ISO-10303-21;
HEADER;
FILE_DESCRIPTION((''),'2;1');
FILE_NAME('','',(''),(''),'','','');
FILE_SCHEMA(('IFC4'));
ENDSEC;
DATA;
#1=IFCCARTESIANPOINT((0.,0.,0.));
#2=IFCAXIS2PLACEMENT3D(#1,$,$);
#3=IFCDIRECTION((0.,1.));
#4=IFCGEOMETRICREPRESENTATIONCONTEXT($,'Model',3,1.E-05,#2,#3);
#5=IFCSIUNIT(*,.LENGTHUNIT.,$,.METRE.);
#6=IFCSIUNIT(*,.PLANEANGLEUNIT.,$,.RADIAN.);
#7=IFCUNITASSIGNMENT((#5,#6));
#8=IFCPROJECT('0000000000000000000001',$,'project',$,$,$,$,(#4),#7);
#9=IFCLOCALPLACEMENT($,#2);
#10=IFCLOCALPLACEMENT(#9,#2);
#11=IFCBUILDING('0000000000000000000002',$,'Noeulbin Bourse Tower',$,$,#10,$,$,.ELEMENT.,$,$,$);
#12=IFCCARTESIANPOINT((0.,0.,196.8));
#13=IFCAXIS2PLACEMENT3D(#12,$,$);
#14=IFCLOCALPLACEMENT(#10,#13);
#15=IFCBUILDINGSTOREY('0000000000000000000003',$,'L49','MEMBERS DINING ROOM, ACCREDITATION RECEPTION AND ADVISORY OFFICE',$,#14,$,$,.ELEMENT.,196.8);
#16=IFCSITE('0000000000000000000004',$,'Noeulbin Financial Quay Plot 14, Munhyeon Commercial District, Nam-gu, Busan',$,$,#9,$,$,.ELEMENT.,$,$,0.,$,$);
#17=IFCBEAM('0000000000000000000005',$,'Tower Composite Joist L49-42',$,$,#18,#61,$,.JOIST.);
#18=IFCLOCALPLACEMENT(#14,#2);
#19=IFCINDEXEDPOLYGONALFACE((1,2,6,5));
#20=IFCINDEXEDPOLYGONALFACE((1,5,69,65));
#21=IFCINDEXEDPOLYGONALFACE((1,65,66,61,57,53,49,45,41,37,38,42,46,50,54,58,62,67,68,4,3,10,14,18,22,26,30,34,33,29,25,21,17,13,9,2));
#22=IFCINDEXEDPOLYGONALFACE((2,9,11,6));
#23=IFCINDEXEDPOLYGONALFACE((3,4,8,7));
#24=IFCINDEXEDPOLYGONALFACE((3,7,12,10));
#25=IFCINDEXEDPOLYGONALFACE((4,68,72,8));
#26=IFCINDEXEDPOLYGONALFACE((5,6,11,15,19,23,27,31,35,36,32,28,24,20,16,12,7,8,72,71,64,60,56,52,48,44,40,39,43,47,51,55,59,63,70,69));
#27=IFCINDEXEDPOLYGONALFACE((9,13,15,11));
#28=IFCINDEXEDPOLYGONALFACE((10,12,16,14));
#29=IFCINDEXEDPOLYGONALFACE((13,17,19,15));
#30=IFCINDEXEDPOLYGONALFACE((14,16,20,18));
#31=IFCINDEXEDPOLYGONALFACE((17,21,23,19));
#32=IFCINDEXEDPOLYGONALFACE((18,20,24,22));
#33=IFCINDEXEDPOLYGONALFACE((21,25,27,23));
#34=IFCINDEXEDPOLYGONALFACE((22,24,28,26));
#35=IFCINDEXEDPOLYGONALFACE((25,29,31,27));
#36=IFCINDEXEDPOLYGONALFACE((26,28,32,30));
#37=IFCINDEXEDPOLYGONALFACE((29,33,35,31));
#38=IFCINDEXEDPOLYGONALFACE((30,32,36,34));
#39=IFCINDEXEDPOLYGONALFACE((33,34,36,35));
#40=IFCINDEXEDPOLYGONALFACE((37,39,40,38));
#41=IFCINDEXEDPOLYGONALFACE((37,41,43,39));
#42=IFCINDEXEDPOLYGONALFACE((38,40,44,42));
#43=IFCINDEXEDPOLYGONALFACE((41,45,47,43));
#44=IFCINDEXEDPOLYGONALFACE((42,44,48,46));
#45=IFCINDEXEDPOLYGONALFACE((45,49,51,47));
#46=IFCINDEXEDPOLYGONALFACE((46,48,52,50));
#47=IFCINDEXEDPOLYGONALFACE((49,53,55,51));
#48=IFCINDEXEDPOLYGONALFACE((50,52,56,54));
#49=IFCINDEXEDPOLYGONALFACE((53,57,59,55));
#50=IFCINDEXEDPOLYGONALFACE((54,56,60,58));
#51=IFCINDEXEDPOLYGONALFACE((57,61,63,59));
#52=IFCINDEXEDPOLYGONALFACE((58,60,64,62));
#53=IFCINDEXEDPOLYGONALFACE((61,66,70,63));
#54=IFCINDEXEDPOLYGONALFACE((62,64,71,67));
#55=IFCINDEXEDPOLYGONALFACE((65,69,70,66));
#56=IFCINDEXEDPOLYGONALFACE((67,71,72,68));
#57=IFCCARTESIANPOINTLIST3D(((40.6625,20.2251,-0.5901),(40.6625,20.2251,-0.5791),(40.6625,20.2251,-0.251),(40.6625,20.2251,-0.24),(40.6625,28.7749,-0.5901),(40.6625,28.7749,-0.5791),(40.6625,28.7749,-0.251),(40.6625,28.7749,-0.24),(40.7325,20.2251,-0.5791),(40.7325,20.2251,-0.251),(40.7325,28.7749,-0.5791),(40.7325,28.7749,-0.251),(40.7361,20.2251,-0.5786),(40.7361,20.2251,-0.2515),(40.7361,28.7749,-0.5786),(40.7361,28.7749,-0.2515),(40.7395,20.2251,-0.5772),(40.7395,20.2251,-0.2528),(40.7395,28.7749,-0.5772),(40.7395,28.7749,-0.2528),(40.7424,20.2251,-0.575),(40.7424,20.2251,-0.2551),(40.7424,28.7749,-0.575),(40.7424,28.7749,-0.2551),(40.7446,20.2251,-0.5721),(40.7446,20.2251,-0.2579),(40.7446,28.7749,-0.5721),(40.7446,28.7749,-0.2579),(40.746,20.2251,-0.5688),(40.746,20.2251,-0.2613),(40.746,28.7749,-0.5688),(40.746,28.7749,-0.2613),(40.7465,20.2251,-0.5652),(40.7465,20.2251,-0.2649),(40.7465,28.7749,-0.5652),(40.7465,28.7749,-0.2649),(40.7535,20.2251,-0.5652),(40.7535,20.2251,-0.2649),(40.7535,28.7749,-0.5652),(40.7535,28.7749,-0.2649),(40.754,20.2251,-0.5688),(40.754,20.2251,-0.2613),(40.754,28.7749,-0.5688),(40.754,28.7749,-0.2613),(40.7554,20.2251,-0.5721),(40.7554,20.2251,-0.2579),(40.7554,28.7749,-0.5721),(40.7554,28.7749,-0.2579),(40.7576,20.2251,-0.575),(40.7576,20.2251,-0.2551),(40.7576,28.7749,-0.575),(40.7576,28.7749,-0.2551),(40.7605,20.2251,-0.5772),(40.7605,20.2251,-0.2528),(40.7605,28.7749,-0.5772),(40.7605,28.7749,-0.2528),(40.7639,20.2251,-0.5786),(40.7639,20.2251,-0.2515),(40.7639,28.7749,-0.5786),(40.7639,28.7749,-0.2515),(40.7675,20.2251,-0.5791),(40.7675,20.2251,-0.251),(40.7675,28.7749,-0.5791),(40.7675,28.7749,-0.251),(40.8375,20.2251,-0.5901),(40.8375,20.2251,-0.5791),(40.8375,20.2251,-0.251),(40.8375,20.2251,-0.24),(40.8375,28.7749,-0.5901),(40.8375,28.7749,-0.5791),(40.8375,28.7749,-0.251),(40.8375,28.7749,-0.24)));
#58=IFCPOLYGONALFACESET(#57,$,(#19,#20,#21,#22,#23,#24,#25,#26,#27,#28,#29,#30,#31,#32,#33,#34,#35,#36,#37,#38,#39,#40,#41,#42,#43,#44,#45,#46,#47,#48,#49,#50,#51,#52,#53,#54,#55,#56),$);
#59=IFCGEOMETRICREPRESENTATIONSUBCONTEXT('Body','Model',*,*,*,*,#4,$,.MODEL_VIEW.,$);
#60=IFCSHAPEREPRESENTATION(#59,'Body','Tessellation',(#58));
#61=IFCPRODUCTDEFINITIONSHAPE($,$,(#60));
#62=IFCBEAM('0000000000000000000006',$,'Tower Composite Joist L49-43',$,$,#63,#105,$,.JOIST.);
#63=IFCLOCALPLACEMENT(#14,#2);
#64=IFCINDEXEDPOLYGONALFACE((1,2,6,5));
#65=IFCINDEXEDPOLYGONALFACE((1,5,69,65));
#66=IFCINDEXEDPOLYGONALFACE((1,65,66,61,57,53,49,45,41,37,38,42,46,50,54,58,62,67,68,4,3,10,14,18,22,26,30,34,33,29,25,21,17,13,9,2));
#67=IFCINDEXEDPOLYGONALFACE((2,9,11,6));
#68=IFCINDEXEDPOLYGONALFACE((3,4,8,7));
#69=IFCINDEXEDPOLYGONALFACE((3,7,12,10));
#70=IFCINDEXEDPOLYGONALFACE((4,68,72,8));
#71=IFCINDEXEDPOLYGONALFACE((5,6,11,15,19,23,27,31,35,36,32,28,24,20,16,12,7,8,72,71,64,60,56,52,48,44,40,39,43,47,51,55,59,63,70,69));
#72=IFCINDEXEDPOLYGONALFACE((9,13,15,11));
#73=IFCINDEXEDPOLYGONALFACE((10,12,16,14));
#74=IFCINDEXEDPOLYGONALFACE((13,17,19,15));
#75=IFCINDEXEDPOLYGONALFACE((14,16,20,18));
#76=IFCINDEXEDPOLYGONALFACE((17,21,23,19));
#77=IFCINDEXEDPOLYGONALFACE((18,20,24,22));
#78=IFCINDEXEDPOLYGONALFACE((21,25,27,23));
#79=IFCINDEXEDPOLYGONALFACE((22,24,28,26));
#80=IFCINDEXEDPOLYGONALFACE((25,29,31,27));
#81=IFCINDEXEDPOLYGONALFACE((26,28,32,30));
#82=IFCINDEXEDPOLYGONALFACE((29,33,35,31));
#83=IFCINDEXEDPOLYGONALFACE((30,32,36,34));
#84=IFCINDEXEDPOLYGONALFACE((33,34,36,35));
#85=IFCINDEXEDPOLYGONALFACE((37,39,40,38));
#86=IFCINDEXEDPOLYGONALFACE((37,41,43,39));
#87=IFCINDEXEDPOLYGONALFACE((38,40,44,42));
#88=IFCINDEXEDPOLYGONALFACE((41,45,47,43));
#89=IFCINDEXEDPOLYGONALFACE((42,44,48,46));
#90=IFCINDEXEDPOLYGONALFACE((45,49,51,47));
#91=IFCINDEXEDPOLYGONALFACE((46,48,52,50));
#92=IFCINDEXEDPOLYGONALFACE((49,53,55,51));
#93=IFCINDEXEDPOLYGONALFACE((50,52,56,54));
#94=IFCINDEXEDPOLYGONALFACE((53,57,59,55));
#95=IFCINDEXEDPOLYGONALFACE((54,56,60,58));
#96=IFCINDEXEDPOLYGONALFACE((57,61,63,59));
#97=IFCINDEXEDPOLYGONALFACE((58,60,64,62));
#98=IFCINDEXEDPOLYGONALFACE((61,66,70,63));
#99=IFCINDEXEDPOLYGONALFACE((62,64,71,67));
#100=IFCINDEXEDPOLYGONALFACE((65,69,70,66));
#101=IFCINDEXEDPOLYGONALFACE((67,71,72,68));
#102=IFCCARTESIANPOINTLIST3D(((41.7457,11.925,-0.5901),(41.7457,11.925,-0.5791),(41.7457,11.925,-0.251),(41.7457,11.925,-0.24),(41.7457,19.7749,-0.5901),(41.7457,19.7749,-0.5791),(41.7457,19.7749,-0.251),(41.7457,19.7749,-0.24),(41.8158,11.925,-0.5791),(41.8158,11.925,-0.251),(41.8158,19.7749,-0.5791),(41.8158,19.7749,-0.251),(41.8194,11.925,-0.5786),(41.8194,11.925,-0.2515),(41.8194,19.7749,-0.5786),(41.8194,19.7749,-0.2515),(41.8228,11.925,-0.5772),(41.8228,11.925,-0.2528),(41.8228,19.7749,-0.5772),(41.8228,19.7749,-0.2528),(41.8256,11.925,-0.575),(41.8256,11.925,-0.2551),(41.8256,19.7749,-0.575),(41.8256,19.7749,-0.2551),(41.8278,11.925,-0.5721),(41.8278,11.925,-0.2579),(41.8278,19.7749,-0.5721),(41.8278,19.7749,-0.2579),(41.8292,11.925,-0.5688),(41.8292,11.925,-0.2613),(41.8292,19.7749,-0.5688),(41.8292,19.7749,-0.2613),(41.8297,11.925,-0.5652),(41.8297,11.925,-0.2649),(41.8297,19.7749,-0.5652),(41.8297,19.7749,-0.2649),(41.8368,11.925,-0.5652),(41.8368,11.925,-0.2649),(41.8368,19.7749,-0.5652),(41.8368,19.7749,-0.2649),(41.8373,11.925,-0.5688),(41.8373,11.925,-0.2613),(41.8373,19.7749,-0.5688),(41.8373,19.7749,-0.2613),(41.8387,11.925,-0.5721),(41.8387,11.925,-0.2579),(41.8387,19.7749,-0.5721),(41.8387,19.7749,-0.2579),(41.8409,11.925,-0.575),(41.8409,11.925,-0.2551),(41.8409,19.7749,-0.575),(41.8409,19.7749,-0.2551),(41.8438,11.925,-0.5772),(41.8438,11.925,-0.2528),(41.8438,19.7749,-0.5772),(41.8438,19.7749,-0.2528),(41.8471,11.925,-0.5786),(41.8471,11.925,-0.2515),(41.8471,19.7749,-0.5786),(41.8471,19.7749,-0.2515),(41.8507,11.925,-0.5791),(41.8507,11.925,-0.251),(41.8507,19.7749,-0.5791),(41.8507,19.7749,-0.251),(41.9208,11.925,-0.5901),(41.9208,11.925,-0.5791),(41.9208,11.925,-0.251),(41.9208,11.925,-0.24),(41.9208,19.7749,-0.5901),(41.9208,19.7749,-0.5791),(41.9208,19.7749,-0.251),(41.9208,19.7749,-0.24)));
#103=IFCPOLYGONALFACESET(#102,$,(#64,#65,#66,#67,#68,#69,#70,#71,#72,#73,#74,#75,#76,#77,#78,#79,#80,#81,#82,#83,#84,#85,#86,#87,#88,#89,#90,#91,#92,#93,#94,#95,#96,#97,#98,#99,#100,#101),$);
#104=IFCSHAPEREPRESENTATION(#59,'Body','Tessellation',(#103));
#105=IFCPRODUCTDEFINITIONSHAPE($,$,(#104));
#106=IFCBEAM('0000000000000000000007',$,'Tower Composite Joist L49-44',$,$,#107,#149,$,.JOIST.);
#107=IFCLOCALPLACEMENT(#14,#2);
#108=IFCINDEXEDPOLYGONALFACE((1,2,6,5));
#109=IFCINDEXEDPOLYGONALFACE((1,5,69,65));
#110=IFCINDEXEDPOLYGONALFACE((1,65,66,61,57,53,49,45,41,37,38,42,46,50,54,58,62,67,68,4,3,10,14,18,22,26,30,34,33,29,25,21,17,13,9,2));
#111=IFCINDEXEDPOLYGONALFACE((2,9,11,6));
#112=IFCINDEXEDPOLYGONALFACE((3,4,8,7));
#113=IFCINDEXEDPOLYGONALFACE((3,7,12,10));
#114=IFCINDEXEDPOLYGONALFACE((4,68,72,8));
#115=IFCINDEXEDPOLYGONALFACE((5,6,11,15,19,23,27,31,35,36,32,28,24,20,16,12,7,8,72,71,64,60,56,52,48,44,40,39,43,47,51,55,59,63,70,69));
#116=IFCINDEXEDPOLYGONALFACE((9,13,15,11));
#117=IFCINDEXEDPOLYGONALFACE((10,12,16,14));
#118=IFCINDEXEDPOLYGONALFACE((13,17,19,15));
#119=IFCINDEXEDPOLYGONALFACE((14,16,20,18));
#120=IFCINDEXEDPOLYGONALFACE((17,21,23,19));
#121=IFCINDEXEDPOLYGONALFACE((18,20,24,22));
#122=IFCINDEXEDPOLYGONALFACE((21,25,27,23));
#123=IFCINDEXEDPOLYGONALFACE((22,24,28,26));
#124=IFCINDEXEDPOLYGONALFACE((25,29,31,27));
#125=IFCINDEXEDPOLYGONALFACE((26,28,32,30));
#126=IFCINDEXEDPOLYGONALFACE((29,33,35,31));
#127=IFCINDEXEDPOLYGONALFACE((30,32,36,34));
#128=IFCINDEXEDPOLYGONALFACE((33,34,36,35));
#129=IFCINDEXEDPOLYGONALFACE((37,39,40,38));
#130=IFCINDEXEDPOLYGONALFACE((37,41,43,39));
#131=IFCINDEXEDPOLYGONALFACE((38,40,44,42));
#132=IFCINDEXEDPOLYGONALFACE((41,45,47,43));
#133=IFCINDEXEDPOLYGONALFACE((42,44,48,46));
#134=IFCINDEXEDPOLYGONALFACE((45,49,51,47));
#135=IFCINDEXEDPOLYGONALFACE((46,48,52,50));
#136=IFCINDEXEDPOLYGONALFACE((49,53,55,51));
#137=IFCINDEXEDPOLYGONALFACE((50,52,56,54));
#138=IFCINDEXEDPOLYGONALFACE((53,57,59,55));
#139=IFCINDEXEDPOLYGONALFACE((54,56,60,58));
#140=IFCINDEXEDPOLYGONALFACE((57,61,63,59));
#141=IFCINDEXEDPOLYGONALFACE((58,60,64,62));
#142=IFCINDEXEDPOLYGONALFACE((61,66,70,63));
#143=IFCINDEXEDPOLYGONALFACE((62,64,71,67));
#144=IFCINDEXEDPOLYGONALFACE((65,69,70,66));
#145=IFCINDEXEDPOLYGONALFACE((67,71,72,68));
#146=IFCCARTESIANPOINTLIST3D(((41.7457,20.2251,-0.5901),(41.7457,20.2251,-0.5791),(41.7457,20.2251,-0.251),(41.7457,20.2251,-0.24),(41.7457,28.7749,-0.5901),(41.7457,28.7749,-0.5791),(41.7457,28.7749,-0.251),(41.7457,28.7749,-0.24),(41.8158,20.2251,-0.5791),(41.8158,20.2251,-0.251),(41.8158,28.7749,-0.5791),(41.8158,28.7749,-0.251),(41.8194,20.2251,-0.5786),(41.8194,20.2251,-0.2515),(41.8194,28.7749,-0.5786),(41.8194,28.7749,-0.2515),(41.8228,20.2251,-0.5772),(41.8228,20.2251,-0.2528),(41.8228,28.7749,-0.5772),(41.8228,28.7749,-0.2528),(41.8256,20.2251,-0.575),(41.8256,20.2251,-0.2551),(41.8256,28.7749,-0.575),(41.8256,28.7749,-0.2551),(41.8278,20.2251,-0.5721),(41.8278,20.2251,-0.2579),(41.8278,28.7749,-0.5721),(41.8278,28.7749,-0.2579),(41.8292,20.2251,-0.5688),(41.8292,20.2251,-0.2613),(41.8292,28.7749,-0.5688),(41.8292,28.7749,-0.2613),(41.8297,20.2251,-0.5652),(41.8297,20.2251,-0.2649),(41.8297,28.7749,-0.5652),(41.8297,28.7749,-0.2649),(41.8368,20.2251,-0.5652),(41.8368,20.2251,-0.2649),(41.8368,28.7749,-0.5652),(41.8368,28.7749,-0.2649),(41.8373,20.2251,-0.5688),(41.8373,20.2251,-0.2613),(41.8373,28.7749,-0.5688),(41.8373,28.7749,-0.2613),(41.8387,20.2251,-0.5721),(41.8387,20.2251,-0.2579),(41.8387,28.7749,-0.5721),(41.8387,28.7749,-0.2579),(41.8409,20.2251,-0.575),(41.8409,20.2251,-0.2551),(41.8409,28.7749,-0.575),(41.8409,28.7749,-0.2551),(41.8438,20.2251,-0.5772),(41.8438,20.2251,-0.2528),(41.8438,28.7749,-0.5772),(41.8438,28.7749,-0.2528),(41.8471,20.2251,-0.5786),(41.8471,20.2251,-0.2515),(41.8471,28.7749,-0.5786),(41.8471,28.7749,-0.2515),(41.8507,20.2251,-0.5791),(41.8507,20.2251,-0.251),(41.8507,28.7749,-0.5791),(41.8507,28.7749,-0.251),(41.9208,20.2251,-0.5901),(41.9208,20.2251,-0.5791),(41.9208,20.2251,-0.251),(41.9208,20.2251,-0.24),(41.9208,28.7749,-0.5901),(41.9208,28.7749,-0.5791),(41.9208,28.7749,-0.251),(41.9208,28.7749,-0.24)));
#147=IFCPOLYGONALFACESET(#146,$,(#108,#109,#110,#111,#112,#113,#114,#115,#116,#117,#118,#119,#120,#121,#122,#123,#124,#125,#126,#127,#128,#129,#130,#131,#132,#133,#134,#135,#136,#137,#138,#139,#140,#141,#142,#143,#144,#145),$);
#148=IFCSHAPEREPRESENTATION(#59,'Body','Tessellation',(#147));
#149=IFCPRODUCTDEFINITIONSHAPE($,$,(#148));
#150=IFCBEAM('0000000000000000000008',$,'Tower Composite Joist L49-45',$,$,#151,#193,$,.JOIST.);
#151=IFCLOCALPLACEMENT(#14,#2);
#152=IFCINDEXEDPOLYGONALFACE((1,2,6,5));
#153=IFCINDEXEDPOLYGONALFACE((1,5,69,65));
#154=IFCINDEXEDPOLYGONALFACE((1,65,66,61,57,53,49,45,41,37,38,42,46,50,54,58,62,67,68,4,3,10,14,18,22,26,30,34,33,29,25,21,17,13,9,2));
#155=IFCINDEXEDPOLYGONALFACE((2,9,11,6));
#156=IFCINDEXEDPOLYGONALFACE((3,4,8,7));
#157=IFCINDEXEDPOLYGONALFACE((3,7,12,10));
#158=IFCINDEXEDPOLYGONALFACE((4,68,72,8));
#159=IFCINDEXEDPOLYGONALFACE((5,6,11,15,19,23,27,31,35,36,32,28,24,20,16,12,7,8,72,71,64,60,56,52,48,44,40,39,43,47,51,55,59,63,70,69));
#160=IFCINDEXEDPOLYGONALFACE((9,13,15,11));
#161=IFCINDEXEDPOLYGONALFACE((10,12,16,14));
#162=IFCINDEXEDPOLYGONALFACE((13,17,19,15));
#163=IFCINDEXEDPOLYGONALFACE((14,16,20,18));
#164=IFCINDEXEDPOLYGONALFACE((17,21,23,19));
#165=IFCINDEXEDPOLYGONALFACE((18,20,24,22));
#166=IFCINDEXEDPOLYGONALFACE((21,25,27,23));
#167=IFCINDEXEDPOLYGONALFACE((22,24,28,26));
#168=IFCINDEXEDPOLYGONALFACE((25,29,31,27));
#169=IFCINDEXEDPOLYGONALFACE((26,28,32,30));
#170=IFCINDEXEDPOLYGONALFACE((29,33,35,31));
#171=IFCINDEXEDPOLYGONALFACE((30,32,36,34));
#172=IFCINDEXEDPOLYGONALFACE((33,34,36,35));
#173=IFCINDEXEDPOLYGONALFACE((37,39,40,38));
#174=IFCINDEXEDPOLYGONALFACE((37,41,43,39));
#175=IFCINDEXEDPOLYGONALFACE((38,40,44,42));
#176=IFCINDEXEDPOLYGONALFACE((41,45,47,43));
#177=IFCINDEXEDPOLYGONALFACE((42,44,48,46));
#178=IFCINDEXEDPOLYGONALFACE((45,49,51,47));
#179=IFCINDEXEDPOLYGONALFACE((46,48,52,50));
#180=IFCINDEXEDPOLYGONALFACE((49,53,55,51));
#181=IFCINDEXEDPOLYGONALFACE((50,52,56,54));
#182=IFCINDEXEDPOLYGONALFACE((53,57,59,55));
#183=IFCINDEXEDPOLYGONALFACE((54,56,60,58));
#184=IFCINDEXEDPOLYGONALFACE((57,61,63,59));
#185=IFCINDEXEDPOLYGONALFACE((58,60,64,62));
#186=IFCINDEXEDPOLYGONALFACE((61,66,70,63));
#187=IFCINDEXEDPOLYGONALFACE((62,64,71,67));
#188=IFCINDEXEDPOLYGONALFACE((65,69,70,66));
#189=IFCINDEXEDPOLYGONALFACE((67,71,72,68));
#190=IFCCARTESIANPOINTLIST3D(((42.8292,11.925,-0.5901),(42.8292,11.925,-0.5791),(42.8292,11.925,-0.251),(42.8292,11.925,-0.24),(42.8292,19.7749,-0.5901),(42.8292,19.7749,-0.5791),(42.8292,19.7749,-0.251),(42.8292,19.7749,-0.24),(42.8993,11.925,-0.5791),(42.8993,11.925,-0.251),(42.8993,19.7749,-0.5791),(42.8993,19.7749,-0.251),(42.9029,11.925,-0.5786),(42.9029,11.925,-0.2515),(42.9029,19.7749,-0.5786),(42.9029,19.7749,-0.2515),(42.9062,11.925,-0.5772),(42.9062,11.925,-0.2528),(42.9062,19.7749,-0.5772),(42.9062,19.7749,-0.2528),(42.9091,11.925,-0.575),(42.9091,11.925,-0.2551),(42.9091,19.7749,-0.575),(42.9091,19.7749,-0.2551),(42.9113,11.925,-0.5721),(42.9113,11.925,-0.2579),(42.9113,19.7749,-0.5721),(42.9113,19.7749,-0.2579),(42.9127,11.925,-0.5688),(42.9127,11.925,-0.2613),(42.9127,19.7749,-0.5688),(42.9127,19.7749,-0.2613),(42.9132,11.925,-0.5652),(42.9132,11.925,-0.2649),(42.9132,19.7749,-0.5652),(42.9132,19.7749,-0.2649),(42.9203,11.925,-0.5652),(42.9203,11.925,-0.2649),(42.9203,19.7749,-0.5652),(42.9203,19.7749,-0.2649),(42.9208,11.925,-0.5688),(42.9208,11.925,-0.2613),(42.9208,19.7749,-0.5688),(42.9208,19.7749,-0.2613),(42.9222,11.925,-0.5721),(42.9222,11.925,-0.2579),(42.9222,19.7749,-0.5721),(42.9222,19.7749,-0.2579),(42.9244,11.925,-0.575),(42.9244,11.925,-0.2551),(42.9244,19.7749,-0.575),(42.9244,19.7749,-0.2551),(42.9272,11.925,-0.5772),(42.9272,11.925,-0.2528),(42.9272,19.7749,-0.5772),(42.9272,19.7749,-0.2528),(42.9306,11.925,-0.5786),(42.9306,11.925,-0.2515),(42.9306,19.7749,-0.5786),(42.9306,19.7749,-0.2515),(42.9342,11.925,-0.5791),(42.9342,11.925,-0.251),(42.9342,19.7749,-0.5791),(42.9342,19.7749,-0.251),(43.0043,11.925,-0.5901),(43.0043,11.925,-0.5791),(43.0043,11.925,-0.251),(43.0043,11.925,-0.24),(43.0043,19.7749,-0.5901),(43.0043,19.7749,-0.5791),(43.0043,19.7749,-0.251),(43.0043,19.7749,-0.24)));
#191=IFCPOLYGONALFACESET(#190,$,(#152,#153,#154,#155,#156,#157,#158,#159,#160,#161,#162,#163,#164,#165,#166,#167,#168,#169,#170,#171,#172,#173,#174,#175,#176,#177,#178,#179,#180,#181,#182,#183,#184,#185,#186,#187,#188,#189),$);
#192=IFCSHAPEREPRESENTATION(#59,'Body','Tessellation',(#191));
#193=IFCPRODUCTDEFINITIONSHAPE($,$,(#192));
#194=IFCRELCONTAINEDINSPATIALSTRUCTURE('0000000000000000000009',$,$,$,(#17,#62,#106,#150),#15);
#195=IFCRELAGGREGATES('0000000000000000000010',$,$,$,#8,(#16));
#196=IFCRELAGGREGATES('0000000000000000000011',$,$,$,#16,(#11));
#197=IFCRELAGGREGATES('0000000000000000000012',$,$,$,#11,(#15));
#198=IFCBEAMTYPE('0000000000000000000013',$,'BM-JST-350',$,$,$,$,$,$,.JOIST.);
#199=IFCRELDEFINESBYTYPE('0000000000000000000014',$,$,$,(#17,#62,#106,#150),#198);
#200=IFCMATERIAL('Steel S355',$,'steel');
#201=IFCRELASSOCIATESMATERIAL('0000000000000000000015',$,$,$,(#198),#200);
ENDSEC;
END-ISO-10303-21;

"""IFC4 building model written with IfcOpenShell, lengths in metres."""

from ifc_helpers import new_model, si_unit, direction, frame, origin, origin_2d, place, context, subcontext, project, spatial, i_section, extrude, material, material_profile, profile_set, type_object, element, save


model = new_model("IFC4")

# Units and contexts
model_context = context("Model", 3, precision=1e-05, world=origin(), true_north=direction((0.0, 1.0)))
body_context = subcontext(model_context, "Body", "Model", "MODEL_VIEW")
ifc_project = project(units=[si_unit("LENGTHUNIT", "METRE"), si_unit("PLANEANGLEUNIT", "RADIAN")], contexts=[model_context])

# Site, building, storey
site_placement = place(None, origin())
site = spatial("IfcSite", under=ifc_project, at=site_placement, Name="Noeulbin Financial Quay Plot 14, Munhyeon Commercial District, Nam-gu, Busan", CompositionType="ELEMENT", RefElevation=0.0)
building_placement = place(site_placement, origin())
building = spatial("IfcBuilding", under=site, at=building_placement, Name="Noeulbin Bourse Tower", CompositionType="ELEMENT")
storey_placement = place(building_placement, frame((0.0, 0.0, 196.8)))
storey = spatial("IfcBuildingStorey", under=building, at=storey_placement, Name="L49", Description="MEMBERS DINING ROOM, ACCREDITATION RECEPTION AND ADVISORY OFFICE", CompositionType="ELEMENT", Elevation=196.8)

# Shared definitions
ifc_material_1 = material(Name="Steel S355", Category="steel")

# Beams
ifc_material_profile_1 = material_profile(ifc_material_1, i_section(OverallWidth=0.175, OverallDepth=0.3501, WebThickness=0.0071, FlangeThickness=0.011, FilletRadius=0.0139, at=origin_2d()), Name="H-350x175x7x11", Category="LoadBearing")
ifc_profile_set_1 = profile_set([ifc_material_profile_1], Name="Steel S355")
beam_type_1 = type_object("IfcBeamType", Name="BM-JST-350", PredefinedType="JOIST", material=ifc_profile_set_1)
beam_1_placement = place(storey_placement, frame((40.75, 20.2251, -0.415), z_axis=(0.0, 1.0, 0.0), x_axis=(-1.0, 0.0, 0.0)))
element("IfcBeam", 1, at=beam_1_placement, inside=storey, type_object=beam_type_1, Name="Tower Composite Joist L49-42", PredefinedType="JOIST", context=body_context, shape_type="SweptSolid", body=[
    extrude(i_section(OverallWidth=0.175, OverallDepth=0.3501, WebThickness=0.0071, FlangeThickness=0.011, FilletRadius=0.0139, at=origin_2d()), origin(), (0.0, 0.0, 1.0), 8.5498),
])
beam_2_placement = place(storey_placement, frame((41.8333, 11.925, -0.415), z_axis=(0.0, 1.0, 0.0), x_axis=(-1.0, 0.0, 0.0)))
element("IfcBeam", 2, at=beam_2_placement, inside=storey, type_object=beam_type_1, Name="Tower Composite Joist L49-43", PredefinedType="JOIST", context=body_context, shape_type="SweptSolid", body=[
    extrude(i_section(OverallWidth=0.175, OverallDepth=0.3501, WebThickness=0.0071, FlangeThickness=0.011, FilletRadius=0.0139, at=origin_2d()), origin(), (0.0, 0.0, 1.0), 7.8499),
])
beam_3_placement = place(storey_placement, frame((41.8333, 20.2251, -0.415), z_axis=(0.0, 1.0, 0.0), x_axis=(-1.0, 0.0, 0.0)))
element("IfcBeam", 3, at=beam_3_placement, inside=storey, type_object=beam_type_1, Name="Tower Composite Joist L49-44", PredefinedType="JOIST", context=body_context, shape_type="SweptSolid", body=[
    extrude(i_section(OverallWidth=0.175, OverallDepth=0.3501, WebThickness=0.0071, FlangeThickness=0.011, FilletRadius=0.0139, at=origin_2d()), origin(), (0.0, 0.0, 1.0), 8.5498),
])
beam_4_placement = place(storey_placement, frame((42.9167, 11.925, -0.415), z_axis=(0.0, 1.0, 0.0), x_axis=(-1.0, 0.0, 0.0)))
element("IfcBeam", 4, at=beam_4_placement, inside=storey, type_object=beam_type_1, Name="Tower Composite Joist L49-45", PredefinedType="JOIST", context=body_context, shape_type="SweptSolid", body=[
    extrude(i_section(OverallWidth=0.175, OverallDepth=0.3501, WebThickness=0.0071, FlangeThickness=0.011, FilletRadius=0.0139, at=origin_2d()), origin(), (0.0, 0.0, 1.0), 7.8499),
])

save(model, "model.ifc")
